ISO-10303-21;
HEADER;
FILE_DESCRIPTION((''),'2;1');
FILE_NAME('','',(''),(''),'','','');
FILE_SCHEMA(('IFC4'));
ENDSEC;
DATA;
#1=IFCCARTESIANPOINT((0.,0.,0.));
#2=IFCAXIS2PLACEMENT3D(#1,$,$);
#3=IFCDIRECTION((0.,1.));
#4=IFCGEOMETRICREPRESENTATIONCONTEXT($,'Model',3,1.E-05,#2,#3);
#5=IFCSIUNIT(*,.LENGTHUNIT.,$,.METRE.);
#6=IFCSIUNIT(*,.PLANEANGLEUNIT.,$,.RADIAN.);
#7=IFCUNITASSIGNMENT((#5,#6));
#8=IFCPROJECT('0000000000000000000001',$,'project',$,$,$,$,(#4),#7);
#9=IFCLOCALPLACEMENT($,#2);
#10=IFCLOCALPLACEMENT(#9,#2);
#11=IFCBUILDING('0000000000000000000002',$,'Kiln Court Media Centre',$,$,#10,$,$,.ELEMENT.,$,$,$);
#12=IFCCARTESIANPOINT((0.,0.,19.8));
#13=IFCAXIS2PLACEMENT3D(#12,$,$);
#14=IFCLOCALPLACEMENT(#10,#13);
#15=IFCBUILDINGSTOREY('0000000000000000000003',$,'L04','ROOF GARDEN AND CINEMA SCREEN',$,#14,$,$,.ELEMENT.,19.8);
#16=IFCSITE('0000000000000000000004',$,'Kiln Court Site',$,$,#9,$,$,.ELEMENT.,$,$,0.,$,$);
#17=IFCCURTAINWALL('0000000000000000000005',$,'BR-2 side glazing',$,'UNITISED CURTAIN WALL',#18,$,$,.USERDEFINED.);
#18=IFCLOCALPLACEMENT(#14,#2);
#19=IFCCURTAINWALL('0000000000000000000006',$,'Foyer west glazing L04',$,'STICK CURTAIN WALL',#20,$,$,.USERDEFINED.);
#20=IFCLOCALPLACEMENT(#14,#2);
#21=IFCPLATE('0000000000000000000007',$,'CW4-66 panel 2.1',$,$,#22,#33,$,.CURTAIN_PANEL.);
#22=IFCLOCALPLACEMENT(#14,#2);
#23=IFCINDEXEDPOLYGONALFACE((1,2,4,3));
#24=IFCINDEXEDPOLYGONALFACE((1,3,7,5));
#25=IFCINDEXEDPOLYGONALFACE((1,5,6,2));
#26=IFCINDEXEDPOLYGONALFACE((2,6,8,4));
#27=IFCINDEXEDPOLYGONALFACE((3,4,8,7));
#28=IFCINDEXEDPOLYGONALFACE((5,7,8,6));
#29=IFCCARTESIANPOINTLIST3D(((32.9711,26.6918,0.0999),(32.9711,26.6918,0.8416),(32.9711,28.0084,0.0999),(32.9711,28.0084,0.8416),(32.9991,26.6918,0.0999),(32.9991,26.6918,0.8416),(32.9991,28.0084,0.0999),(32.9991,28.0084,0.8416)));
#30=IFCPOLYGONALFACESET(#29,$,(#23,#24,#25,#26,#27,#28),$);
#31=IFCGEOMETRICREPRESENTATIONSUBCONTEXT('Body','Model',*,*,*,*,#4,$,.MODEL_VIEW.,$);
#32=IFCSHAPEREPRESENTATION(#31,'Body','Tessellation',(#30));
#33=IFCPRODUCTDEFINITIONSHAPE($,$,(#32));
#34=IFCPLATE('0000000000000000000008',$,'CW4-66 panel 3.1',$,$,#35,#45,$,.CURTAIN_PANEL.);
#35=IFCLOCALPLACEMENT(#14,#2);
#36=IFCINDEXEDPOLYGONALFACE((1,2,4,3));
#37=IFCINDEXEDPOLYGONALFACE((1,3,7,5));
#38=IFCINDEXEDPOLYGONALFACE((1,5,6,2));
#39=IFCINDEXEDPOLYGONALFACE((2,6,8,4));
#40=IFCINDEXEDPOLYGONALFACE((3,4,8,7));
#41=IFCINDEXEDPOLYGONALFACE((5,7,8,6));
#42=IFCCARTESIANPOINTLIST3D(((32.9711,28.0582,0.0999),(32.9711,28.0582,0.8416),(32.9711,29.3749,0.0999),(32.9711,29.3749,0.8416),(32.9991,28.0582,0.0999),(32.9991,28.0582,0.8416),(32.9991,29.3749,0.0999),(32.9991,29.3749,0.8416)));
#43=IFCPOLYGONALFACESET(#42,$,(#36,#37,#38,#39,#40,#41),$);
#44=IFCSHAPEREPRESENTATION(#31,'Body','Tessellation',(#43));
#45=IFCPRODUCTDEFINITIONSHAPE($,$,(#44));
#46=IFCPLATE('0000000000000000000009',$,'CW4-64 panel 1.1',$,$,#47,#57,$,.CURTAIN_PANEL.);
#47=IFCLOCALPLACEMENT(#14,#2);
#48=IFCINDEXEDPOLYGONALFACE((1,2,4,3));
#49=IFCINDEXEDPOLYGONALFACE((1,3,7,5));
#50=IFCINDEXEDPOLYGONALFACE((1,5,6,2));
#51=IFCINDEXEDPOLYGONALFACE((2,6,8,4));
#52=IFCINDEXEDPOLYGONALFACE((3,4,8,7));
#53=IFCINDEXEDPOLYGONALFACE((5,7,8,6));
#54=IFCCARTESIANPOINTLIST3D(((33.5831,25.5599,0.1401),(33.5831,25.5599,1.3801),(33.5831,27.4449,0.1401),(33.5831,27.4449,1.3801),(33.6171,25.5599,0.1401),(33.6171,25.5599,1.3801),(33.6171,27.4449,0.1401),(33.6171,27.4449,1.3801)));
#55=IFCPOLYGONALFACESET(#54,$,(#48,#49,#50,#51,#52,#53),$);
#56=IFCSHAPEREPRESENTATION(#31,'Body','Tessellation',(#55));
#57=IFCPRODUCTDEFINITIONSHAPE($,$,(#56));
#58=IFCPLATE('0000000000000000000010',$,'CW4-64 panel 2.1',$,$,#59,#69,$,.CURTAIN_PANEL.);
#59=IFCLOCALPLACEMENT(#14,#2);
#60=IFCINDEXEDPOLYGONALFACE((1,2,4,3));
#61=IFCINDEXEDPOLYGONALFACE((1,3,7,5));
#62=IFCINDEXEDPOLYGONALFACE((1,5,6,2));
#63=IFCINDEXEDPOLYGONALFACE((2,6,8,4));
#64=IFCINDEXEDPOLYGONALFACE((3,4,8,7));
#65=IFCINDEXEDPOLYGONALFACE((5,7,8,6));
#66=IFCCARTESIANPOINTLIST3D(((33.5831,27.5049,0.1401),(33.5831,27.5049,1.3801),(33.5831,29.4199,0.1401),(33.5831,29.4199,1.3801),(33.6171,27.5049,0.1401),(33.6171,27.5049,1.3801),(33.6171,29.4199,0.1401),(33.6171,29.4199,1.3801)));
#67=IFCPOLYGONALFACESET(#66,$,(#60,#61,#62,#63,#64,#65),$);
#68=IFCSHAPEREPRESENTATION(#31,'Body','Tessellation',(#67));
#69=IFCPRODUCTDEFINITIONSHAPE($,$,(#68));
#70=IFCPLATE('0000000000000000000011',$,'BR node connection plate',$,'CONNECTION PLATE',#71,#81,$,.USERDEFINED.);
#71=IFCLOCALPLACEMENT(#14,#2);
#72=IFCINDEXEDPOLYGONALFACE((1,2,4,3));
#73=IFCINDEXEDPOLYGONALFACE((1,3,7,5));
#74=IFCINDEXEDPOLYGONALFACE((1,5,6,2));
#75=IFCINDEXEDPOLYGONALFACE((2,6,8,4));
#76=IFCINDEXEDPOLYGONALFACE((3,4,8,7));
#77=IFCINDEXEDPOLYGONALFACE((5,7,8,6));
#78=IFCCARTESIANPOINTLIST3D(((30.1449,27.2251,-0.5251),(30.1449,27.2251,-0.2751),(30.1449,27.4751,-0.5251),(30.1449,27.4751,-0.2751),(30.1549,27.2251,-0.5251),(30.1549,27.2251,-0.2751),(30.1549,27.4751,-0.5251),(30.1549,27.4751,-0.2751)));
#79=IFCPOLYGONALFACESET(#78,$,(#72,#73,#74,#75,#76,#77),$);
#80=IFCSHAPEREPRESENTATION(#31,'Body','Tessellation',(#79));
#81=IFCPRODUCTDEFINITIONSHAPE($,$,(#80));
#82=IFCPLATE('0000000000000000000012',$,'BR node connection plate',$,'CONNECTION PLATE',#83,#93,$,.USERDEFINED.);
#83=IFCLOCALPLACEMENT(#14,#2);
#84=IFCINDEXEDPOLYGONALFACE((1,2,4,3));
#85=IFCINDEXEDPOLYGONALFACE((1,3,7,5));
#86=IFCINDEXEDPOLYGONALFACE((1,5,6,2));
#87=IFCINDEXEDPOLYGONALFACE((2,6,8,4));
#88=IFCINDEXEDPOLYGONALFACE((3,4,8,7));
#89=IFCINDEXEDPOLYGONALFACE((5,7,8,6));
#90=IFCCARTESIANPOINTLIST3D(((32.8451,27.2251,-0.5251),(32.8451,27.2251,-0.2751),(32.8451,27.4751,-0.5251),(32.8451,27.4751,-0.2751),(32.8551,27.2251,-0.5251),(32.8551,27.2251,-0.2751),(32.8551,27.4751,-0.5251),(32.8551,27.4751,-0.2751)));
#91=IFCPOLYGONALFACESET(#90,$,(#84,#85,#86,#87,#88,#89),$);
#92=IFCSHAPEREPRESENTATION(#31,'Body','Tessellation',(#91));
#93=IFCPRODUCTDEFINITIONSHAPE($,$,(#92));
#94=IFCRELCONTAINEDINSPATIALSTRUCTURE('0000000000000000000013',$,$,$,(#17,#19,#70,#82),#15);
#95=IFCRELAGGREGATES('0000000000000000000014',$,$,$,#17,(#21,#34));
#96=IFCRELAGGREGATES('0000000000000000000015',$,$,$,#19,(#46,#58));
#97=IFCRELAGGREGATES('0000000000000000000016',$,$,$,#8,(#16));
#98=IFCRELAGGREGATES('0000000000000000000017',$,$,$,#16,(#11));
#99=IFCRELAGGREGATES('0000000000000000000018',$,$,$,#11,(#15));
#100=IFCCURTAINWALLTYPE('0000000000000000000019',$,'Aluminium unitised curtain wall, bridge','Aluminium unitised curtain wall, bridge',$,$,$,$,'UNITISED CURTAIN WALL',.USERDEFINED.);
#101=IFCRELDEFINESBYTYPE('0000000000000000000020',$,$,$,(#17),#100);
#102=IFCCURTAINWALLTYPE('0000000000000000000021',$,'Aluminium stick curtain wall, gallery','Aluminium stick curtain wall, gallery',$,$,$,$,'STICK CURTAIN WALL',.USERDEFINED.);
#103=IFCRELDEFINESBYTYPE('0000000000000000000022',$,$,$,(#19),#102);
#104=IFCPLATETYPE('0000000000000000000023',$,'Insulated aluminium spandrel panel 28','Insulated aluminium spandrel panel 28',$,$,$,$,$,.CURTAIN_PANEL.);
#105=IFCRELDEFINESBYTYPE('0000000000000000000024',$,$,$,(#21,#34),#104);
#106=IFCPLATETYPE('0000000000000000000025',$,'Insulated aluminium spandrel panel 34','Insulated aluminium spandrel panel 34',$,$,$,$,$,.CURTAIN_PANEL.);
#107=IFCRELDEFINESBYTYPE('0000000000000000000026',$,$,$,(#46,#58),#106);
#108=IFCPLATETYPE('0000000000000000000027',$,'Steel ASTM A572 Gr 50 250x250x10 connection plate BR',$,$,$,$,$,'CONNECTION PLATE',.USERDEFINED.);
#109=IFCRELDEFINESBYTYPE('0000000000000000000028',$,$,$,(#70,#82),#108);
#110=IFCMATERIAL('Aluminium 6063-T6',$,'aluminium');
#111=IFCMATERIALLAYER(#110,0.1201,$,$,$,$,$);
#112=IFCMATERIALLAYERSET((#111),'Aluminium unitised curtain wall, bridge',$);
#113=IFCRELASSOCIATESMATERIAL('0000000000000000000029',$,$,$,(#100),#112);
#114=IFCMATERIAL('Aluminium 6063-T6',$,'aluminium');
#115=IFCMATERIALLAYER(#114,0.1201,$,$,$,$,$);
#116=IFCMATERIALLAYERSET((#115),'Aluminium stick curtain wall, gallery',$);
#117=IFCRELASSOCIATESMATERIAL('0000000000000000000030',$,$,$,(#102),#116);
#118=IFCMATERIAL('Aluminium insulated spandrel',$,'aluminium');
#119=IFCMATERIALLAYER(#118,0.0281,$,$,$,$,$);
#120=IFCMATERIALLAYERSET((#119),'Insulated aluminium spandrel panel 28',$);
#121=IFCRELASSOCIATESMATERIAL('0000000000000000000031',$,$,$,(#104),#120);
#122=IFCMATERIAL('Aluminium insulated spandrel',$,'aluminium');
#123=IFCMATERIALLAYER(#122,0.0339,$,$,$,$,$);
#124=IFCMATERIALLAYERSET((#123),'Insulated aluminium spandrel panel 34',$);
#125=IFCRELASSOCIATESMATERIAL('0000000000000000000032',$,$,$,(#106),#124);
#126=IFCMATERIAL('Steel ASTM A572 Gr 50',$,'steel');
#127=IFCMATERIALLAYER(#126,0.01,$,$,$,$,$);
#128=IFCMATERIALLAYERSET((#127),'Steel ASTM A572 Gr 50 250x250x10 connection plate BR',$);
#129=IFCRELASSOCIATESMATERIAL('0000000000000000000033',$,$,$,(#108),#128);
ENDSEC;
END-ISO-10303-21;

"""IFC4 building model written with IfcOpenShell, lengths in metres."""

from ifc_helpers import new_model, si_unit, direction, frame, origin, origin_2d, place, context, subcontext, project, spatial, rectangle, extrude, material, layer, layer_set, type_object, element, aggregate, save


model = new_model("IFC4")

# Units and contexts
model_context = context("Model", 3, precision=1e-05, world=origin(), true_north=direction((0.0, 1.0)))
body_context = subcontext(model_context, "Body", "Model", "MODEL_VIEW")
ifc_project = project(units=[si_unit("LENGTHUNIT", "METRE"), si_unit("PLANEANGLEUNIT", "RADIAN")], contexts=[model_context])

# Site, building, storey
site_placement = place(None, origin())
site = spatial("IfcSite", under=ifc_project, at=site_placement, Name="Kiln Court Site", CompositionType="ELEMENT", RefElevation=0.0)
building_placement = place(site_placement, origin())
building = spatial("IfcBuilding", under=site, at=building_placement, Name="Kiln Court Media Centre", CompositionType="ELEMENT")
storey_placement = place(building_placement, frame((0.0, 0.0, 19.8)))
storey = spatial("IfcBuildingStorey", under=building, at=storey_placement, Name="L04", Description="ROOF GARDEN AND CINEMA SCREEN", CompositionType="ELEMENT", Elevation=19.8)

# Curtain wall
ifc_material_1 = material(Name="Aluminium 6063-T6", Category="aluminium")
ifc_layer_1 = layer(ifc_material_1, 0.1201)
ifc_layer_set_1 = layer_set([ifc_layer_1], Name="Aluminium unitised curtain wall, bridge")
curtain_wall_type_1 = type_object("IfcCurtainWallType", Name="Aluminium unitised curtain wall, bridge", Description="Aluminium unitised curtain wall, bridge", ElementType="UNITISED CURTAIN WALL", PredefinedType="USERDEFINED", material=ifc_layer_set_1)
curtain_wall_1_placement = place(storey_placement, origin())
curtain_wall_1 = element("IfcCurtainWall", 1, at=curtain_wall_1_placement, inside=storey, type_object=curtain_wall_type_1, Name="BR-2 side glazing", ObjectType="UNITISED CURTAIN WALL", PredefinedType="USERDEFINED")

# Curtain wall
ifc_material_2 = material(Name="Aluminium 6063-T6", Category="aluminium")
ifc_layer_2 = layer(ifc_material_2, 0.1201)
ifc_layer_set_2 = layer_set([ifc_layer_2], Name="Aluminium stick curtain wall, gallery")
curtain_wall_type_2 = type_object("IfcCurtainWallType", Name="Aluminium stick curtain wall, gallery", Description="Aluminium stick curtain wall, gallery", ElementType="STICK CURTAIN WALL", PredefinedType="USERDEFINED", material=ifc_layer_set_2)
curtain_wall_2_placement = place(storey_placement, origin())
curtain_wall_2 = element("IfcCurtainWall", 2, at=curtain_wall_2_placement, inside=storey, type_object=curtain_wall_type_2, Name="Foyer west glazing L04", ObjectType="STICK CURTAIN WALL", PredefinedType="USERDEFINED")

# Plates
ifc_material_3 = material(Name="Aluminium insulated spandrel", Category="aluminium")
ifc_layer_3 = layer(ifc_material_3, 0.0281)
ifc_layer_set_3 = layer_set([ifc_layer_3], Name="Insulated aluminium spandrel panel 28")
plate_type_1 = type_object("IfcPlateType", Name="Insulated aluminium spandrel panel 28", Description="Insulated aluminium spandrel panel 28", PredefinedType="CURTAIN_PANEL", material=ifc_layer_set_3)
plate_1_placement = place(storey_placement, frame((32.9851, 27.3501, 0.0999), z_axis=(0.0, 0.0, 1.0), x_axis=(0.0, 1.0, 0.0)))
plate_1 = element("IfcPlate", 3, at=plate_1_placement, type_object=plate_type_1, Name="CW4-66 panel 2.1", PredefinedType="CURTAIN_PANEL", context=body_context, shape_type="SweptSolid", body=[
    extrude(rectangle(XDim=1.3167, YDim=0.0281, at=origin_2d()), origin(), (0.0, 0.0, 1.0), 0.7417),
])
plate_2_placement = place(storey_placement, frame((32.9851, 28.7166, 0.0999), z_axis=(0.0, 0.0, 1.0), x_axis=(0.0, 1.0, 0.0)))
plate_2 = element("IfcPlate", 4, at=plate_2_placement, type_object=plate_type_1, Name="CW4-66 panel 3.1", PredefinedType="CURTAIN_PANEL", context=body_context, shape_type="SweptSolid", body=[
    extrude(rectangle(XDim=1.3167, YDim=0.0281, at=origin_2d()), origin(), (0.0, 0.0, 1.0), 0.7417),
])
aggregate(curtain_wall_1, [plate_1, plate_2])
ifc_material_4 = material(Name="Aluminium insulated spandrel", Category="aluminium")
ifc_layer_4 = layer(ifc_material_4, 0.0339)
ifc_layer_set_4 = layer_set([ifc_layer_4], Name="Insulated aluminium spandrel panel 34")
plate_type_2 = type_object("IfcPlateType", Name="Insulated aluminium spandrel panel 34", Description="Insulated aluminium spandrel panel 34", PredefinedType="CURTAIN_PANEL", material=ifc_layer_set_4)
plate_3_placement = place(storey_placement, frame((33.6001, 26.5024, 0.1401), z_axis=(0.0, 0.0, 1.0), x_axis=(0.0, 1.0, 0.0)))
plate_3 = element("IfcPlate", 5, at=plate_3_placement, type_object=plate_type_2, Name="CW4-64 panel 1.1", PredefinedType="CURTAIN_PANEL", context=body_context, shape_type="SweptSolid", body=[
    extrude(rectangle(XDim=1.885, YDim=0.0339, at=origin_2d()), origin(), (0.0, 0.0, 1.0), 1.24),
])
plate_4_placement = place(storey_placement, frame((33.6001, 28.4624, 0.1401), z_axis=(0.0, 0.0, 1.0), x_axis=(0.0, 1.0, 0.0)))
plate_4 = element("IfcPlate", 6, at=plate_4_placement, type_object=plate_type_2, Name="CW4-64 panel 2.1", PredefinedType="CURTAIN_PANEL", context=body_context, shape_type="SweptSolid", body=[
    extrude(rectangle(XDim=1.915, YDim=0.0339, at=origin_2d()), origin(), (0.0, 0.0, 1.0), 1.24),
])
aggregate(curtain_wall_2, [plate_3, plate_4])

# Plates
ifc_material_5 = material(Name="Steel ASTM A572 Gr 50", Category="steel")
ifc_layer_5 = layer(ifc_material_5, 0.01)
ifc_layer_set_5 = layer_set([ifc_layer_5], Name="Steel ASTM A572 Gr 50 250x250x10 connection plate BR")
plate_type_3 = type_object("IfcPlateType", Name="Steel ASTM A572 Gr 50 250x250x10 connection plate BR", ElementType="CONNECTION PLATE", PredefinedType="USERDEFINED", material=ifc_layer_set_5)
for number, where, z_axis, x_axis, name in (
    (7, (30.1499, 27.3501, -0.5251), (0.0, 0.0, 1.0), (1.0, 0.0, 0.0), "BR node connection plate"),
    (8, (32.8501, 27.3501, -0.5251), (0.0, 0.0, 1.0), (1.0, 0.0, 0.0), "BR node connection plate"),
):
    element("IfcPlate", number, at=place(storey_placement, frame(where, z_axis=z_axis, x_axis=x_axis)), inside=storey, type_object=plate_type_3, Name=name, ObjectType="CONNECTION PLATE", PredefinedType="USERDEFINED", context=body_context, shape_type="SweptSolid", body=[
        extrude(rectangle(XDim=0.01, YDim=0.25, at=origin_2d()), origin(), (0.0, 0.0, 1.0), 0.25),
    ])

save(model, "model.ifc")
